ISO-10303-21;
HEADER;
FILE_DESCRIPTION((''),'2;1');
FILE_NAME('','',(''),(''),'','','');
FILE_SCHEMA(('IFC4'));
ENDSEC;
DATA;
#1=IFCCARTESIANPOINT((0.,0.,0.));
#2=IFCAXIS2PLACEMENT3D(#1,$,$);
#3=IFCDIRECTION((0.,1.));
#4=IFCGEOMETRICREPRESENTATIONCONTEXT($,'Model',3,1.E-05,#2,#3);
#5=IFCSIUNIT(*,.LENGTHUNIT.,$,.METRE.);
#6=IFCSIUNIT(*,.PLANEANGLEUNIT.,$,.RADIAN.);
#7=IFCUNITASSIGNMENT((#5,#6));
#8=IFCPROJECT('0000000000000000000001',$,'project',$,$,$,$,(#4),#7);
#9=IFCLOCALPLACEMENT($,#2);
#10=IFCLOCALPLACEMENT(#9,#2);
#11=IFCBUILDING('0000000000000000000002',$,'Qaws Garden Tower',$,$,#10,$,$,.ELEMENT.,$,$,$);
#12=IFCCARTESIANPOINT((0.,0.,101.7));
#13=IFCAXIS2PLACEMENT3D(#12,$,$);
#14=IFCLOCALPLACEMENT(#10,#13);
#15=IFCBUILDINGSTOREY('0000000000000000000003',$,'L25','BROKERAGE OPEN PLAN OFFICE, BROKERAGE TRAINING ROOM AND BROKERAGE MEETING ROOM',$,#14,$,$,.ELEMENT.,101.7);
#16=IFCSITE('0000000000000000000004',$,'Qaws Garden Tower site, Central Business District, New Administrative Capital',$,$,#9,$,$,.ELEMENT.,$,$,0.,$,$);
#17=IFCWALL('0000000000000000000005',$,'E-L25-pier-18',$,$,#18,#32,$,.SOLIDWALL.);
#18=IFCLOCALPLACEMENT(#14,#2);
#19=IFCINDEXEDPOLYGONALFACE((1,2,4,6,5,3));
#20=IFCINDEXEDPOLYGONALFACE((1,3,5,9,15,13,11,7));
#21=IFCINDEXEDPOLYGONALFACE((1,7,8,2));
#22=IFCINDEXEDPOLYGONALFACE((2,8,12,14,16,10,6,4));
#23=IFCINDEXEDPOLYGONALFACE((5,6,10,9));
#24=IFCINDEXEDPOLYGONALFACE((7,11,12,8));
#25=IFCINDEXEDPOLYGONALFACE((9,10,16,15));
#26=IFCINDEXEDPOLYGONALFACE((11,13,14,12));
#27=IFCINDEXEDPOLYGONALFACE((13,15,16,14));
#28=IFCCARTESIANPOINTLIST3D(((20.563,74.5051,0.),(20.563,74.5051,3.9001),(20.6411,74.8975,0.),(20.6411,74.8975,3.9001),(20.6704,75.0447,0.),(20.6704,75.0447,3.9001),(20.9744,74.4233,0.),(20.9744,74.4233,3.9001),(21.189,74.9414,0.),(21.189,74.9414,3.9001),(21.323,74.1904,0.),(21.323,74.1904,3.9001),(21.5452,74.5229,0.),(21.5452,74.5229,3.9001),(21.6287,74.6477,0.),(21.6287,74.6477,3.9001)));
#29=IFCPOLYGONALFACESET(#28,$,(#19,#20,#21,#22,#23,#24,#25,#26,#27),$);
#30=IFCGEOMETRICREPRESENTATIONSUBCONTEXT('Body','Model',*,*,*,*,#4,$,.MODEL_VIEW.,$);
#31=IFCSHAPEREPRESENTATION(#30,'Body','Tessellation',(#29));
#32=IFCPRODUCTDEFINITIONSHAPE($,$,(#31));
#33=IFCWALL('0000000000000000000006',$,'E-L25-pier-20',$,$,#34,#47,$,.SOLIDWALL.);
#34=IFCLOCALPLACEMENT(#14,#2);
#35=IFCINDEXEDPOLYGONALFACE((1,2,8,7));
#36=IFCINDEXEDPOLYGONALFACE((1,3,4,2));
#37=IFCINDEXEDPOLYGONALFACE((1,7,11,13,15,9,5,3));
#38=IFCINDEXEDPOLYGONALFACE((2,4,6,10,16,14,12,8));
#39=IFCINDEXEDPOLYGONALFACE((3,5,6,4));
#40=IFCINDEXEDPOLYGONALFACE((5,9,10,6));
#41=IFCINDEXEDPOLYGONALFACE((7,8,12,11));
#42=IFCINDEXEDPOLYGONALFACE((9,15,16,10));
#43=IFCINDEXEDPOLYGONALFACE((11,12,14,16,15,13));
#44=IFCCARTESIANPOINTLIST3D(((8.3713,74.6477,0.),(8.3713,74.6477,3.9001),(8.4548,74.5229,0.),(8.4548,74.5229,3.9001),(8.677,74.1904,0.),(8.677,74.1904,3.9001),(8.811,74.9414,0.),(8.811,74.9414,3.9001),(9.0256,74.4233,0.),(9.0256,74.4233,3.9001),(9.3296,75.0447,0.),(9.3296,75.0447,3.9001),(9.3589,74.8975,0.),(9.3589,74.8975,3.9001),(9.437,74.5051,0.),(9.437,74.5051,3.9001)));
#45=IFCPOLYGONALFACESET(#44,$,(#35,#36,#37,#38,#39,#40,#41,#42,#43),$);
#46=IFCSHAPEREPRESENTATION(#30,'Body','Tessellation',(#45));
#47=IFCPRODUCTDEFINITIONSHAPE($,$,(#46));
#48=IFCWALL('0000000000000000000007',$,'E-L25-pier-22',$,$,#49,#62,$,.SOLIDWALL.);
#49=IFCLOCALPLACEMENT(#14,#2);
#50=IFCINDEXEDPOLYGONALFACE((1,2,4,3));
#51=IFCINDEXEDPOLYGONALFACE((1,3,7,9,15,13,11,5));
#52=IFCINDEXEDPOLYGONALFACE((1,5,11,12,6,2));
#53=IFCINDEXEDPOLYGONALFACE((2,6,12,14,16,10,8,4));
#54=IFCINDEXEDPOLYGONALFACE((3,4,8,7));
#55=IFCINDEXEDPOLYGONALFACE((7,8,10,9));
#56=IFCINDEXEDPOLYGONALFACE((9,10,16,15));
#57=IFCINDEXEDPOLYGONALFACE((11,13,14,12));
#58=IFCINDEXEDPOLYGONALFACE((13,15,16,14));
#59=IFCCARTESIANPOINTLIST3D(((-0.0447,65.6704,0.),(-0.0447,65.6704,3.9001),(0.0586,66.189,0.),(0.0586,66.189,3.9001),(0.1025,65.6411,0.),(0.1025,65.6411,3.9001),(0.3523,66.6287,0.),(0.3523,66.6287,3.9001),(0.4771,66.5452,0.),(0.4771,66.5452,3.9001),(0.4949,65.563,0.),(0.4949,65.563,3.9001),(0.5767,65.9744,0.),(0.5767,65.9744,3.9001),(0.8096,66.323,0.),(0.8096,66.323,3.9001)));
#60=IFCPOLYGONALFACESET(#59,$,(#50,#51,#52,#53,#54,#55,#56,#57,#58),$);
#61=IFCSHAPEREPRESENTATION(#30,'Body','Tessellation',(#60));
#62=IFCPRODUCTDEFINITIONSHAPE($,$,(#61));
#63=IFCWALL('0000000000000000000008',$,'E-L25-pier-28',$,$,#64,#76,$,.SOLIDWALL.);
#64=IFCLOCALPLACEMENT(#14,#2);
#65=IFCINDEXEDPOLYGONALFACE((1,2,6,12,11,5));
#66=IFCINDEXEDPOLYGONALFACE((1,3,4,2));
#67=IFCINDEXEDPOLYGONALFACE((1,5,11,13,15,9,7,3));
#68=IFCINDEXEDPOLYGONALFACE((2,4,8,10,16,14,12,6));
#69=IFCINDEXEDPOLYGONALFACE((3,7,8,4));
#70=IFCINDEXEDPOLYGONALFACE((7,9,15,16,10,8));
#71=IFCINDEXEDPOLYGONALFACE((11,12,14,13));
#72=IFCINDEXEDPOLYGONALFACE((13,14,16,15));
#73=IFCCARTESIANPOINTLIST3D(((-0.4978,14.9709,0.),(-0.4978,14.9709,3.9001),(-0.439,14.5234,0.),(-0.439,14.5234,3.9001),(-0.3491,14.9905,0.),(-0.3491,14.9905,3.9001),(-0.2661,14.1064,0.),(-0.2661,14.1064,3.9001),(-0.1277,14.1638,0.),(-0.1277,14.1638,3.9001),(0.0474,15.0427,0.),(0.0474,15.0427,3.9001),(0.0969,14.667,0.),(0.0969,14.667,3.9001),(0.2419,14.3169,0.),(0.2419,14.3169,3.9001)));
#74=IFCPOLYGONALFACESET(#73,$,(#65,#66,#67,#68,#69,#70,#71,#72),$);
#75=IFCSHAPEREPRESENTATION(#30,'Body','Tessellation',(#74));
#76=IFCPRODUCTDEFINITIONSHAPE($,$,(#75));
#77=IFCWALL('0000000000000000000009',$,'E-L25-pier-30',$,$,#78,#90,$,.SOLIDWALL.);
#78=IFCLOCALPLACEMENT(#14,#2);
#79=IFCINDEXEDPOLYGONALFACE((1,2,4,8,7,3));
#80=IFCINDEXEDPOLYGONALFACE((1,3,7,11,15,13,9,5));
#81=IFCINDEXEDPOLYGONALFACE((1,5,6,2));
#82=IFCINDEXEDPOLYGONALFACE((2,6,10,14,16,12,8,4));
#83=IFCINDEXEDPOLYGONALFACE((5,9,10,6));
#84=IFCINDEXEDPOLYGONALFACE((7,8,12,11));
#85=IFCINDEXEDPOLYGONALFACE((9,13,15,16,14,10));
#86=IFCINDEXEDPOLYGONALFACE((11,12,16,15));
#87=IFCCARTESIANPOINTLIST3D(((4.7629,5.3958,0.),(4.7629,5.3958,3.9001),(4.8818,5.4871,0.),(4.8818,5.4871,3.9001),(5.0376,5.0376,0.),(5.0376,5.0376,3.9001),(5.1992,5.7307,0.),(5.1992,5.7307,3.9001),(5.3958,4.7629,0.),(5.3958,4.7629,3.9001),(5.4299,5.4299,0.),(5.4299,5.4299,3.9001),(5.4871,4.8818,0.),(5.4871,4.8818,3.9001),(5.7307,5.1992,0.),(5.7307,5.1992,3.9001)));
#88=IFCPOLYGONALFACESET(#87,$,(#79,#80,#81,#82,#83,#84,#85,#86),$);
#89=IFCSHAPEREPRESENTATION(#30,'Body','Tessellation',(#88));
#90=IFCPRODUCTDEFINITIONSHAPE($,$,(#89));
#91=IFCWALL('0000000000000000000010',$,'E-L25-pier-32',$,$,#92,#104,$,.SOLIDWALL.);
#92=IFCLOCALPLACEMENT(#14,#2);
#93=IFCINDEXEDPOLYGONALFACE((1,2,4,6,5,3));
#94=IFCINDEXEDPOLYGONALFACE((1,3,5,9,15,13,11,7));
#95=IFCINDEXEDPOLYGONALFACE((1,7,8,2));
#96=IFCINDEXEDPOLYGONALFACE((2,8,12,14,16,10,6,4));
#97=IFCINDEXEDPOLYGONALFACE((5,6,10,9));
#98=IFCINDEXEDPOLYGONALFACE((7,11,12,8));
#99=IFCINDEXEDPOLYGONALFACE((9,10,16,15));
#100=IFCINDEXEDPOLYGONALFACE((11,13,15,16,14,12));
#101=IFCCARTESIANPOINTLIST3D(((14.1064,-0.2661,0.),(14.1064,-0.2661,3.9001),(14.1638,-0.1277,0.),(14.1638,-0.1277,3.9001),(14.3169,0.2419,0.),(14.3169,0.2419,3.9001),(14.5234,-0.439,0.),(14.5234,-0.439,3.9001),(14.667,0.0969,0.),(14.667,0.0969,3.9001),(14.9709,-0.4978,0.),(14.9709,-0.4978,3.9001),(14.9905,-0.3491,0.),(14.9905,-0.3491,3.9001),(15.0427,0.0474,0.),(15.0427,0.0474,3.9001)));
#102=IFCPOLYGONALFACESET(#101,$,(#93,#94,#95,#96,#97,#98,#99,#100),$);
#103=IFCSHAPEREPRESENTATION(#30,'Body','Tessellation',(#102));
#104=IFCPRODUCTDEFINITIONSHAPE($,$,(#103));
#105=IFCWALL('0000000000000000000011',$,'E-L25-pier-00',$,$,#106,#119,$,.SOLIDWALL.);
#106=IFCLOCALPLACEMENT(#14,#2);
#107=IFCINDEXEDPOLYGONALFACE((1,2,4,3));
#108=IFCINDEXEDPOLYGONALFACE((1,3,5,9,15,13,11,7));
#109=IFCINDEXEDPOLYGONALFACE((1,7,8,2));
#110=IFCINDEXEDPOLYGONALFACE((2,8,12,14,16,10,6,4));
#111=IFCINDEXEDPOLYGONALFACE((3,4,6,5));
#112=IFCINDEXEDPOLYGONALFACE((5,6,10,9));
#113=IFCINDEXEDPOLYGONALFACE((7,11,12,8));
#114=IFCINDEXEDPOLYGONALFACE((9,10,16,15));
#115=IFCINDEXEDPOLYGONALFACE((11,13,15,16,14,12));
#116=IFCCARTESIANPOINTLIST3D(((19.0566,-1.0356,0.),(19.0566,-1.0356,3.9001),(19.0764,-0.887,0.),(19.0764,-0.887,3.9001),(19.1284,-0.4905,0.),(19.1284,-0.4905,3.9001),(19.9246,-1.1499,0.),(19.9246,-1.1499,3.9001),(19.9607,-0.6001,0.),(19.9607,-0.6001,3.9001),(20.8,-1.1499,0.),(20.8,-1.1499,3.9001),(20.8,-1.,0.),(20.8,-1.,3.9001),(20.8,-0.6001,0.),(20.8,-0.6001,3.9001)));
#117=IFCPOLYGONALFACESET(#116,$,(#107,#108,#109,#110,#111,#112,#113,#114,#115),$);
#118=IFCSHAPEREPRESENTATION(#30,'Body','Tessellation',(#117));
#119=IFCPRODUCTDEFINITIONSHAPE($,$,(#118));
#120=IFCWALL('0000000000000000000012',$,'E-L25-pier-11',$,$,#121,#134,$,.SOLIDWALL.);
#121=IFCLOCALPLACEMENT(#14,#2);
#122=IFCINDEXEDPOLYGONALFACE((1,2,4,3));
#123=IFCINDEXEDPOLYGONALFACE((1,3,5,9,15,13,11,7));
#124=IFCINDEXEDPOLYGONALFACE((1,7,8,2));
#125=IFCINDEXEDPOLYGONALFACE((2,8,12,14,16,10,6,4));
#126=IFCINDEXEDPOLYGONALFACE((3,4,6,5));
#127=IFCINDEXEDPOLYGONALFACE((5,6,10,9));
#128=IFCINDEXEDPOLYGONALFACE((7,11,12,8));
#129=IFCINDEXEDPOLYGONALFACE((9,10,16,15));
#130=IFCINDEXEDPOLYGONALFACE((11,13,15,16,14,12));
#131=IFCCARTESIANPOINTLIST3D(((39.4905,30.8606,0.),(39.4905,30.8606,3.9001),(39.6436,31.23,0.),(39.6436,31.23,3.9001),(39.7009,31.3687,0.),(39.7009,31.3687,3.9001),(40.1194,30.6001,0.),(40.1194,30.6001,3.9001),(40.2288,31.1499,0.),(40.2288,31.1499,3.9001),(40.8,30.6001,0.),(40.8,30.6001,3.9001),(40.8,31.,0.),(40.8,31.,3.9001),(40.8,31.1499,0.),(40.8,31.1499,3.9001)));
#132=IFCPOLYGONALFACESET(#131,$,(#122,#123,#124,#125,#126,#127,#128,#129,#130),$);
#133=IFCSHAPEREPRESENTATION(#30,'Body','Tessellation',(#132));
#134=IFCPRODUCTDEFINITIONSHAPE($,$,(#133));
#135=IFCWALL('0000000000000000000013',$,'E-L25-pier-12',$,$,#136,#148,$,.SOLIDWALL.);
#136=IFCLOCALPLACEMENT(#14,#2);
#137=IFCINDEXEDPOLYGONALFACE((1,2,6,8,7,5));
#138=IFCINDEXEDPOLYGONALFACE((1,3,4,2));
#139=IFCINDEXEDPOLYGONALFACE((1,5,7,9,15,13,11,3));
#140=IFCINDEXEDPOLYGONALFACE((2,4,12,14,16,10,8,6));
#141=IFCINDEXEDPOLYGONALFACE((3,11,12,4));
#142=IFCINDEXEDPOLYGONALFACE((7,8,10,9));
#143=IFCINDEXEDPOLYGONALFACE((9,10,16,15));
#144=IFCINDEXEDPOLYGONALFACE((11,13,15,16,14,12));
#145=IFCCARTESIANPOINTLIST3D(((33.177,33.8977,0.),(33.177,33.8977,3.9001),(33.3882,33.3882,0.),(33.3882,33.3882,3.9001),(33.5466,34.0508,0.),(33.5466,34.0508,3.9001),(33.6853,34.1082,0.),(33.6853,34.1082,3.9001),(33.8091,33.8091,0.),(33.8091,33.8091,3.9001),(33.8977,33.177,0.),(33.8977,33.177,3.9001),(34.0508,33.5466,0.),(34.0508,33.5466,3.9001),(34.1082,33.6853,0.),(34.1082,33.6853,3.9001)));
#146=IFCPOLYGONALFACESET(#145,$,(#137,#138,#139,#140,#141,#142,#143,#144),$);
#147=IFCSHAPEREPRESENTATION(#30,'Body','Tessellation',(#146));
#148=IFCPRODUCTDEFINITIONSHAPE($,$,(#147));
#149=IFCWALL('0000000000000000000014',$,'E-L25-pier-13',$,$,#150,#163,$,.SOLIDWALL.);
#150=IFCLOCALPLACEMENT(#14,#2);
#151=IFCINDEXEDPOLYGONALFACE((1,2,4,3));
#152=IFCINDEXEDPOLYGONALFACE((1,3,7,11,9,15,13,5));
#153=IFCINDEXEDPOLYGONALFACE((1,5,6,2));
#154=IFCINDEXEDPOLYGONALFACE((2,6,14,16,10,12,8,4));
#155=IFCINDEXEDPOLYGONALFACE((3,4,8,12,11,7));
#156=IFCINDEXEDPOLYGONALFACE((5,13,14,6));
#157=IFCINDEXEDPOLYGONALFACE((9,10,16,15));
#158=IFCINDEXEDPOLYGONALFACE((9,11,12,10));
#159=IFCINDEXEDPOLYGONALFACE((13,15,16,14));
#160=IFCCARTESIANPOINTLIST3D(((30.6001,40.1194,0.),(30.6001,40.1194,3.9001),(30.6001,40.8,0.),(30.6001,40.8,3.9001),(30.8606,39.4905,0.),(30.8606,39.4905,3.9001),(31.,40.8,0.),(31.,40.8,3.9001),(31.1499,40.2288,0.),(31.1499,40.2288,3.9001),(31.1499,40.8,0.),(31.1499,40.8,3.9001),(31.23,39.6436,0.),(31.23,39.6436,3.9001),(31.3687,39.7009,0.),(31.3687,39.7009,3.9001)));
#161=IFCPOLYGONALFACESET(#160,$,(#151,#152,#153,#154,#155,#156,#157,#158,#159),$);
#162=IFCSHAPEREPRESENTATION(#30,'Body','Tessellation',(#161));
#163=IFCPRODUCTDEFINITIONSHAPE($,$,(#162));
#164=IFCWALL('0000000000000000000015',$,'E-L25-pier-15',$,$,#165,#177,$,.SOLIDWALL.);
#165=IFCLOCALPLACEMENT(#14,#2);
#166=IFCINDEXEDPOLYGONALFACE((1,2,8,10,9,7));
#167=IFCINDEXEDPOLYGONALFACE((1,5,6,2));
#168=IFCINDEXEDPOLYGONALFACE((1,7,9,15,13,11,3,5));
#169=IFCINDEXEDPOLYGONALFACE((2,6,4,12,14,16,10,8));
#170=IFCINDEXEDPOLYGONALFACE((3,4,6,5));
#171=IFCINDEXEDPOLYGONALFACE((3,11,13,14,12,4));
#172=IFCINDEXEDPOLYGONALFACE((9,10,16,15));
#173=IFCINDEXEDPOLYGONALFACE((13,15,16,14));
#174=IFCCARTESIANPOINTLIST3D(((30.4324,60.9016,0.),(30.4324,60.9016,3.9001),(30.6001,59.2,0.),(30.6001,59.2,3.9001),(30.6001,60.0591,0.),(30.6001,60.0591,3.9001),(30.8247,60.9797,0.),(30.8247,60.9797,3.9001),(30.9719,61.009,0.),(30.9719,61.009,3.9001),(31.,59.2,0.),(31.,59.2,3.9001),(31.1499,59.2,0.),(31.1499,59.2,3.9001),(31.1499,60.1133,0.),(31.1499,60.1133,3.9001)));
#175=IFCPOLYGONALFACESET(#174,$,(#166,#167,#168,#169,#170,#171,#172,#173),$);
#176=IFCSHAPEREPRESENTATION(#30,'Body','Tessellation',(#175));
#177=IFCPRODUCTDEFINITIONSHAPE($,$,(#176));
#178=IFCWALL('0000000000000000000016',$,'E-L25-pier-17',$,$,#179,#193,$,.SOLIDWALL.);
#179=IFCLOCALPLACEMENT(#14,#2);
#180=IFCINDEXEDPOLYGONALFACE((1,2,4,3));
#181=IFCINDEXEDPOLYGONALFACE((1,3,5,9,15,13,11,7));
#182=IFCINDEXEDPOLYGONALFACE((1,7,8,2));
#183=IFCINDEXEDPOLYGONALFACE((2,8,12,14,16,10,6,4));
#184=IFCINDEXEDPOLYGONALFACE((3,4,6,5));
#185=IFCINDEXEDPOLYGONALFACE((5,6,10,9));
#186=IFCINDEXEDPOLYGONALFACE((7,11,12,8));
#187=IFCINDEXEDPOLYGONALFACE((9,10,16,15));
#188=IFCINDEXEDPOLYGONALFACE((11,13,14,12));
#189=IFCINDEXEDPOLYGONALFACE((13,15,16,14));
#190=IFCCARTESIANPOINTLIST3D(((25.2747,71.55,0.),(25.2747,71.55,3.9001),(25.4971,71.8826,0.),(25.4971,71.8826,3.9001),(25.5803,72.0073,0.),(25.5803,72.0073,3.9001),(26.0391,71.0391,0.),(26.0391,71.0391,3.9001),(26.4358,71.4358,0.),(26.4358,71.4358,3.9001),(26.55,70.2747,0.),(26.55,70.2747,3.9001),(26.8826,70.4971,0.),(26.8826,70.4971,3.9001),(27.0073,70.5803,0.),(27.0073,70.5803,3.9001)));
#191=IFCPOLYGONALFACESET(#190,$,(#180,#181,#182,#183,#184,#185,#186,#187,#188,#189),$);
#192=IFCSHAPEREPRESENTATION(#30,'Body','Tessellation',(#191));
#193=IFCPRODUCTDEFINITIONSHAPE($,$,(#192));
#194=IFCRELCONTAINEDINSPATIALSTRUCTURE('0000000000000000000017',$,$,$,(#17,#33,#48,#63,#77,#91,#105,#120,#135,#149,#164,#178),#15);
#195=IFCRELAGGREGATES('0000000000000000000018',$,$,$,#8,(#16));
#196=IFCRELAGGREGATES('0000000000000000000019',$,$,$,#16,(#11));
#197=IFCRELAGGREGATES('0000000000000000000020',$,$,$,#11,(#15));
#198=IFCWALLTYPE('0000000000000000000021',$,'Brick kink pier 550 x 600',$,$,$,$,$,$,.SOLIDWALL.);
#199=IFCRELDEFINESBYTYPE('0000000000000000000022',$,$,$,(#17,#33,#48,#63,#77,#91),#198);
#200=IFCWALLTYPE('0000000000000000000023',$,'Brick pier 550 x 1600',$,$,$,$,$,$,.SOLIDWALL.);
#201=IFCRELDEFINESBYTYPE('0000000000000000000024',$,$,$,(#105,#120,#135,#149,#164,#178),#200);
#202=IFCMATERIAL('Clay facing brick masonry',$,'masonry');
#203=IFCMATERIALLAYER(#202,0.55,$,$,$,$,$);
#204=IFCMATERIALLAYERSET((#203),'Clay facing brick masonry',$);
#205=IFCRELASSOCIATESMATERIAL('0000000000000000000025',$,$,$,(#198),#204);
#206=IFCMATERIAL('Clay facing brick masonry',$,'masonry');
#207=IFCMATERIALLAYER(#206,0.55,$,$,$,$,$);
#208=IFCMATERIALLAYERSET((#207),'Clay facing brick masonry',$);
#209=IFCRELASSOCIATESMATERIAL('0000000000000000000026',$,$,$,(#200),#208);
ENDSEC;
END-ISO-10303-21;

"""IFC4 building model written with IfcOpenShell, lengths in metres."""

from ifc_helpers import new_model, si_unit, direction, frame, origin, place, context, subcontext, project, spatial, polyline, outline, extrude, material, layer, layer_set, type_object, element, save


model = new_model("IFC4")

# Units and contexts
model_context = context("Model", 3, precision=1e-05, world=origin(), true_north=direction((0.0, 1.0)))
body_context = subcontext(model_context, "Body", "Model", "MODEL_VIEW")
ifc_project = project(units=[si_unit("LENGTHUNIT", "METRE"), si_unit("PLANEANGLEUNIT", "RADIAN")], contexts=[model_context])

# Site, building, storey
site_placement = place(None, origin())
site = spatial("IfcSite", under=ifc_project, at=site_placement, Name="Qaws Garden Tower site, Central Business District, New Administrative Capital", CompositionType="ELEMENT", RefElevation=0.0)
building_placement = place(site_placement, origin())
building = spatial("IfcBuilding", under=site, at=building_placement, Name="Qaws Garden Tower", CompositionType="ELEMENT")
storey_placement = place(building_placement, frame((0.0, 0.0, 101.7)))
storey = spatial("IfcBuildingStorey", under=building, at=storey_placement, Name="L25", Description="BROKERAGE OPEN PLAN OFFICE, BROKERAGE TRAINING ROOM AND BROKERAGE MEETING ROOM", CompositionType="ELEMENT", Elevation=101.7)

# Walls
placement = place(storey_placement, origin())
ifc_material_1 = material(Name="Clay facing brick masonry", Category="masonry")
ifc_layer_1 = layer(ifc_material_1, 0.55)
ifc_layer_set_1 = layer_set([ifc_layer_1], Name="Clay facing brick masonry")
wall_type_1 = type_object("IfcWallType", Name="Brick kink pier 550 x 600", PredefinedType="SOLIDWALL", material=ifc_layer_set_1)
element("IfcWall", 1, at=placement, inside=storey, type_object=wall_type_1, Name="E-L25-pier-18", PredefinedType="SOLIDWALL", context=body_context, shape_type="SweptSolid", body=[
    extrude(outline(polyline([(21.5452, 74.5229), (21.6287, 74.6477), (21.189, 74.9414), (20.6704, 75.0447), (20.6411, 74.8975), (20.563, 74.5051), (20.9744, 74.4233), (21.323, 74.1904), (21.5452, 74.5229)])), origin(), (0.0, 0.0, 1.0), 3.9001),
])
element("IfcWall", 2, at=placement, inside=storey, type_object=wall_type_1, Name="E-L25-pier-20", PredefinedType="SOLIDWALL", context=body_context, shape_type="SweptSolid", body=[
    extrude(outline(polyline([(9.3589, 74.8975), (9.3296, 75.0447), (8.811, 74.9414), (8.3713, 74.6477), (8.4548, 74.5229), (8.677, 74.1904), (9.0256, 74.4233), (9.437, 74.5051), (9.3589, 74.8975)])), origin(), (0.0, 0.0, 1.0), 3.9001),
])
element("IfcWall", 3, at=placement, inside=storey, type_object=wall_type_1, Name="E-L25-pier-22", PredefinedType="SOLIDWALL", context=body_context, shape_type="SweptSolid", body=[
    extrude(outline(polyline([(0.4771, 66.5452), (0.3523, 66.6287), (0.0586, 66.189), (-0.0447, 65.6704), (0.1025, 65.6411), (0.4949, 65.563), (0.5767, 65.9744), (0.8096, 66.323), (0.4771, 66.5452)])), origin(), (0.0, 0.0, 1.0), 3.9001),
])
element("IfcWall", 4, at=placement, inside=storey, type_object=wall_type_1, Name="E-L25-pier-28", PredefinedType="SOLIDWALL", context=body_context, shape_type="SweptSolid", body=[
    extrude(outline(polyline([(-0.3491, 14.9905), (-0.4978, 14.9709), (-0.439, 14.5234), (-0.2661, 14.1064), (-0.1277, 14.1638), (0.2419, 14.3169), (0.0969, 14.667), (0.0474, 15.0427), (-0.3491, 14.9905)])), origin(), (0.0, 0.0, 1.0), 3.9001),
])
element("IfcWall", 5, at=placement, inside=storey, type_object=wall_type_1, Name="E-L25-pier-30", PredefinedType="SOLIDWALL", context=body_context, shape_type="SweptSolid", body=[
    extrude(outline(polyline([(4.8818, 5.4871), (4.7629, 5.3958), (5.0376, 5.0376), (5.3958, 4.7629), (5.4871, 4.8818), (5.7307, 5.1992), (5.4299, 5.4299), (5.1992, 5.7307), (4.8818, 5.4871)])), origin(), (0.0, 0.0, 1.0), 3.9001),
])
element("IfcWall", 6, at=placement, inside=storey, type_object=wall_type_1, Name="E-L25-pier-32", PredefinedType="SOLIDWALL", context=body_context, shape_type="SweptSolid", body=[
    extrude(outline(polyline([(14.1638, -0.1277), (14.1064, -0.2661), (14.5234, -0.439), (14.9709, -0.4978), (14.9905, -0.3491), (15.0427, 0.0474), (14.667, 0.0969), (14.3169, 0.2419), (14.1638, -0.1277)])), origin(), (0.0, 0.0, 1.0), 3.9001),
])
ifc_material_2 = material(Name="Clay facing brick masonry", Category="masonry")
ifc_layer_2 = layer(ifc_material_2, 0.55)
ifc_layer_set_2 = layer_set([ifc_layer_2], Name="Clay facing brick masonry")
wall_type_2 = type_object("IfcWallType", Name="Brick pier 550 x 1600", PredefinedType="SOLIDWALL", material=ifc_layer_set_2)
element("IfcWall", 7, at=placement, inside=storey, type_object=wall_type_2, Name="E-L25-pier-00", PredefinedType="SOLIDWALL", context=body_context, shape_type="SweptSolid", body=[
    extrude(outline(polyline([(19.0764, -0.887), (19.0566, -1.0356), (19.9246, -1.1499), (20.8, -1.1499), (20.8, -1.0), (20.8, -0.6001), (19.9607, -0.6001), (19.1284, -0.4905), (19.0764, -0.887)])), origin(), (0.0, 0.0, 1.0), 3.9001),
])
element("IfcWall", 8, at=placement, inside=storey, type_object=wall_type_2, Name="E-L25-pier-11", PredefinedType="SOLIDWALL", context=body_context, shape_type="SweptSolid", body=[
    extrude(outline(polyline([(40.8, 31.0), (40.8, 31.1499), (40.2288, 31.1499), (39.7009, 31.3687), (39.6436, 31.23), (39.4905, 30.8606), (40.1194, 30.6001), (40.8, 30.6001), (40.8, 31.0)])), origin(), (0.0, 0.0, 1.0), 3.9001),
])
element("IfcWall", 9, at=placement, inside=storey, type_object=wall_type_2, Name="E-L25-pier-12", PredefinedType="SOLIDWALL", context=body_context, shape_type="SweptSolid", body=[
    extrude(outline(polyline([(34.0508, 33.5466), (34.1082, 33.6853), (33.8091, 33.8091), (33.6853, 34.1082), (33.5466, 34.0508), (33.177, 33.8977), (33.3882, 33.3882), (33.8977, 33.177), (34.0508, 33.5466)])), origin(), (0.0, 0.0, 1.0), 3.9001),
])
element("IfcWall", 10, at=placement, inside=storey, type_object=wall_type_2, Name="E-L25-pier-13", PredefinedType="SOLIDWALL", context=body_context, shape_type="SweptSolid", body=[
    extrude(outline(polyline([(31.23, 39.6436), (31.3687, 39.7009), (31.1499, 40.2288), (31.1499, 40.8), (31.0, 40.8), (30.6001, 40.8), (30.6001, 40.1194), (30.8606, 39.4905), (31.23, 39.6436)])), origin(), (0.0, 0.0, 1.0), 3.9001),
])
element("IfcWall", 11, at=placement, inside=storey, type_object=wall_type_2, Name="E-L25-pier-15", PredefinedType="SOLIDWALL", context=body_context, shape_type="SweptSolid", body=[
    extrude(outline(polyline([(31.0, 59.2), (31.1499, 59.2), (31.1499, 60.1133), (30.9719, 61.009), (30.8247, 60.9797), (30.4324, 60.9016), (30.6001, 60.0591), (30.6001, 59.2), (31.0, 59.2)])), origin(), (0.0, 0.0, 1.0), 3.9001),
])
element("IfcWall", 12, at=placement, inside=storey, type_object=wall_type_2, Name="E-L25-pier-17", PredefinedType="SOLIDWALL", context=body_context, shape_type="SweptSolid", body=[
    extrude(outline(polyline([(26.8826, 70.4971), (27.0073, 70.5803), (26.4358, 71.4358), (25.5803, 72.0073), (25.4971, 71.8826), (25.2747, 71.55), (26.0391, 71.0391), (26.55, 70.2747), (26.8826, 70.4971)])), origin(), (0.0, 0.0, 1.0), 3.9001),
])

save(model, "model.ifc")
